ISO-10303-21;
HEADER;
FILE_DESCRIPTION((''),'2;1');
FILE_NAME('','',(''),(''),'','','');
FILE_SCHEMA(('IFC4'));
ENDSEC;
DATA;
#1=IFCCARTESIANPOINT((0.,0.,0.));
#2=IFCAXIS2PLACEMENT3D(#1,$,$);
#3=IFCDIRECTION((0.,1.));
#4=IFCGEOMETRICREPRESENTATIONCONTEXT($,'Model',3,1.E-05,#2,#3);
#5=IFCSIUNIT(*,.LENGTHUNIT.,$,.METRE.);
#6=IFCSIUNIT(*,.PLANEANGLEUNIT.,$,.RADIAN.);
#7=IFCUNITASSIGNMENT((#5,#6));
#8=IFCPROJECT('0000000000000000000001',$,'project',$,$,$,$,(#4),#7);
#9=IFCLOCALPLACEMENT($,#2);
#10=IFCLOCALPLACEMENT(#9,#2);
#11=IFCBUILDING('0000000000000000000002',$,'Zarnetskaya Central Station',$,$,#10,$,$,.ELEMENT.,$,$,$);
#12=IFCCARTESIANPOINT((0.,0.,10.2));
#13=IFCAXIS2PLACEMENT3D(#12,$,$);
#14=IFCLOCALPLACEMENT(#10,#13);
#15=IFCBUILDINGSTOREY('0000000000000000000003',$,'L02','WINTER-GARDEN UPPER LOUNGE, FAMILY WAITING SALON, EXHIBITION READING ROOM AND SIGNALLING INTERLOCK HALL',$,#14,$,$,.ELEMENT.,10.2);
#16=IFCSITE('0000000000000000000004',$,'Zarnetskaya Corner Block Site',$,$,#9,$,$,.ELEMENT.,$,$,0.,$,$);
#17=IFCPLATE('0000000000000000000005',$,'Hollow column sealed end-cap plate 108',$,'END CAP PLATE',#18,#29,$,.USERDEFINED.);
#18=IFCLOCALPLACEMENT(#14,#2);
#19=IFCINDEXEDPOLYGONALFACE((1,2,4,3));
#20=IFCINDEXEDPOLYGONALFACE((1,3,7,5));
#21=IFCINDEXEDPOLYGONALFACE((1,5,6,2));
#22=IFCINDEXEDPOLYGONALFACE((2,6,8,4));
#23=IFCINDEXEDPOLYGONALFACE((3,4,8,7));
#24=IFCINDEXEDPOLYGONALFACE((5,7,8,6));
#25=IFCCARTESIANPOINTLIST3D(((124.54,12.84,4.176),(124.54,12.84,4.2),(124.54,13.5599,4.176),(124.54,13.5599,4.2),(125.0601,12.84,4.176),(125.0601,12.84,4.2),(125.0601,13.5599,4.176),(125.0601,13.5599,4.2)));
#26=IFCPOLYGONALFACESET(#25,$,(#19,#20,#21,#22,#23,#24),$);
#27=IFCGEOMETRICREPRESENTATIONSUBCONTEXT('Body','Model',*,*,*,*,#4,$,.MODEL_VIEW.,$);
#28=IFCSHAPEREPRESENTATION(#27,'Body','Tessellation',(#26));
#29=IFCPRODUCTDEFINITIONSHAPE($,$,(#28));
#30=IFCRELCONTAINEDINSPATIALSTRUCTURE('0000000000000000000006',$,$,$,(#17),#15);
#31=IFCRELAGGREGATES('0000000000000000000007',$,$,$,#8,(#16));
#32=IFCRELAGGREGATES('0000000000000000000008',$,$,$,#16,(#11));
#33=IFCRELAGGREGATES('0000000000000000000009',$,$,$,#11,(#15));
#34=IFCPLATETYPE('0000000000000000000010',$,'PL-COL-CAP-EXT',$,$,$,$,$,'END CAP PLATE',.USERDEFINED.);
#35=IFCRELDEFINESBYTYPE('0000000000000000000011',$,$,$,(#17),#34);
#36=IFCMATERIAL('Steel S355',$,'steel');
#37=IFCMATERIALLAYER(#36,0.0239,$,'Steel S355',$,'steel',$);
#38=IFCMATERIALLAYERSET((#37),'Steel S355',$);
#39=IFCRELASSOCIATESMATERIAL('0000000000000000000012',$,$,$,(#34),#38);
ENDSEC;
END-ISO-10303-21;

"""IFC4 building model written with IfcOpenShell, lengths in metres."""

from ifc_helpers import new_model, si_unit, direction, frame, origin, origin_2d, place, context, subcontext, project, spatial, rectangle, extrude, material, layer, layer_set, type_object, element, save


model = new_model("IFC4")

# Units and contexts
model_context = context("Model", 3, precision=1e-05, world=origin(), true_north=direction((0.0, 1.0)))
body_context = subcontext(model_context, "Body", "Model", "MODEL_VIEW")
ifc_project = project(units=[si_unit("LENGTHUNIT", "METRE"), si_unit("PLANEANGLEUNIT", "RADIAN")], contexts=[model_context])

# Site, building, storey
site_placement = place(None, origin())
site = spatial("IfcSite", under=ifc_project, at=site_placement, Name="Zarnetskaya Corner Block Site", CompositionType="ELEMENT", RefElevation=0.0)
building_placement = place(site_placement, origin())
building = spatial("IfcBuilding", under=site, at=building_placement, Name="Zarnetskaya Central Station", CompositionType="ELEMENT")
storey_placement = place(building_placement, frame((0.0, 0.0, 10.2)))
storey = spatial("IfcBuildingStorey", under=building, at=storey_placement, Name="L02", Description="WINTER-GARDEN UPPER LOUNGE, FAMILY WAITING SALON, EXHIBITION READING ROOM AND SIGNALLING INTERLOCK HALL", CompositionType="ELEMENT", Elevation=10.2)

# Shared definitions
ifc_material_1 = material(Name="Steel S355", Category="steel")

# Plate
ifc_layer_1 = layer(ifc_material_1, 0.0239, Name="Steel S355", Category="steel")
ifc_layer_set_1 = layer_set([ifc_layer_1], Name="Steel S355")
plate_type_1 = type_object("IfcPlateType", Name="PL-COL-CAP-EXT", ElementType="END CAP PLATE", PredefinedType="USERDEFINED", material=ifc_layer_set_1)
plate_1_placement = place(storey_placement, frame((124.8, 13.2, 4.176), z_axis=(0.0, 0.0, 1.0), x_axis=(1.0, 0.0, 0.0)))
element("IfcPlate", 1, at=plate_1_placement, inside=storey, type_object=plate_type_1, Name="Hollow column sealed end-cap plate 108", ObjectType="END CAP PLATE", PredefinedType="USERDEFINED", context=body_context, shape_type="SweptSolid", body=[
    extrude(rectangle(XDim=0.52, YDim=0.72, at=origin_2d()), origin(), (0.0, 0.0, 1.0), 0.0239),
])

save(model, "model.ifc")
